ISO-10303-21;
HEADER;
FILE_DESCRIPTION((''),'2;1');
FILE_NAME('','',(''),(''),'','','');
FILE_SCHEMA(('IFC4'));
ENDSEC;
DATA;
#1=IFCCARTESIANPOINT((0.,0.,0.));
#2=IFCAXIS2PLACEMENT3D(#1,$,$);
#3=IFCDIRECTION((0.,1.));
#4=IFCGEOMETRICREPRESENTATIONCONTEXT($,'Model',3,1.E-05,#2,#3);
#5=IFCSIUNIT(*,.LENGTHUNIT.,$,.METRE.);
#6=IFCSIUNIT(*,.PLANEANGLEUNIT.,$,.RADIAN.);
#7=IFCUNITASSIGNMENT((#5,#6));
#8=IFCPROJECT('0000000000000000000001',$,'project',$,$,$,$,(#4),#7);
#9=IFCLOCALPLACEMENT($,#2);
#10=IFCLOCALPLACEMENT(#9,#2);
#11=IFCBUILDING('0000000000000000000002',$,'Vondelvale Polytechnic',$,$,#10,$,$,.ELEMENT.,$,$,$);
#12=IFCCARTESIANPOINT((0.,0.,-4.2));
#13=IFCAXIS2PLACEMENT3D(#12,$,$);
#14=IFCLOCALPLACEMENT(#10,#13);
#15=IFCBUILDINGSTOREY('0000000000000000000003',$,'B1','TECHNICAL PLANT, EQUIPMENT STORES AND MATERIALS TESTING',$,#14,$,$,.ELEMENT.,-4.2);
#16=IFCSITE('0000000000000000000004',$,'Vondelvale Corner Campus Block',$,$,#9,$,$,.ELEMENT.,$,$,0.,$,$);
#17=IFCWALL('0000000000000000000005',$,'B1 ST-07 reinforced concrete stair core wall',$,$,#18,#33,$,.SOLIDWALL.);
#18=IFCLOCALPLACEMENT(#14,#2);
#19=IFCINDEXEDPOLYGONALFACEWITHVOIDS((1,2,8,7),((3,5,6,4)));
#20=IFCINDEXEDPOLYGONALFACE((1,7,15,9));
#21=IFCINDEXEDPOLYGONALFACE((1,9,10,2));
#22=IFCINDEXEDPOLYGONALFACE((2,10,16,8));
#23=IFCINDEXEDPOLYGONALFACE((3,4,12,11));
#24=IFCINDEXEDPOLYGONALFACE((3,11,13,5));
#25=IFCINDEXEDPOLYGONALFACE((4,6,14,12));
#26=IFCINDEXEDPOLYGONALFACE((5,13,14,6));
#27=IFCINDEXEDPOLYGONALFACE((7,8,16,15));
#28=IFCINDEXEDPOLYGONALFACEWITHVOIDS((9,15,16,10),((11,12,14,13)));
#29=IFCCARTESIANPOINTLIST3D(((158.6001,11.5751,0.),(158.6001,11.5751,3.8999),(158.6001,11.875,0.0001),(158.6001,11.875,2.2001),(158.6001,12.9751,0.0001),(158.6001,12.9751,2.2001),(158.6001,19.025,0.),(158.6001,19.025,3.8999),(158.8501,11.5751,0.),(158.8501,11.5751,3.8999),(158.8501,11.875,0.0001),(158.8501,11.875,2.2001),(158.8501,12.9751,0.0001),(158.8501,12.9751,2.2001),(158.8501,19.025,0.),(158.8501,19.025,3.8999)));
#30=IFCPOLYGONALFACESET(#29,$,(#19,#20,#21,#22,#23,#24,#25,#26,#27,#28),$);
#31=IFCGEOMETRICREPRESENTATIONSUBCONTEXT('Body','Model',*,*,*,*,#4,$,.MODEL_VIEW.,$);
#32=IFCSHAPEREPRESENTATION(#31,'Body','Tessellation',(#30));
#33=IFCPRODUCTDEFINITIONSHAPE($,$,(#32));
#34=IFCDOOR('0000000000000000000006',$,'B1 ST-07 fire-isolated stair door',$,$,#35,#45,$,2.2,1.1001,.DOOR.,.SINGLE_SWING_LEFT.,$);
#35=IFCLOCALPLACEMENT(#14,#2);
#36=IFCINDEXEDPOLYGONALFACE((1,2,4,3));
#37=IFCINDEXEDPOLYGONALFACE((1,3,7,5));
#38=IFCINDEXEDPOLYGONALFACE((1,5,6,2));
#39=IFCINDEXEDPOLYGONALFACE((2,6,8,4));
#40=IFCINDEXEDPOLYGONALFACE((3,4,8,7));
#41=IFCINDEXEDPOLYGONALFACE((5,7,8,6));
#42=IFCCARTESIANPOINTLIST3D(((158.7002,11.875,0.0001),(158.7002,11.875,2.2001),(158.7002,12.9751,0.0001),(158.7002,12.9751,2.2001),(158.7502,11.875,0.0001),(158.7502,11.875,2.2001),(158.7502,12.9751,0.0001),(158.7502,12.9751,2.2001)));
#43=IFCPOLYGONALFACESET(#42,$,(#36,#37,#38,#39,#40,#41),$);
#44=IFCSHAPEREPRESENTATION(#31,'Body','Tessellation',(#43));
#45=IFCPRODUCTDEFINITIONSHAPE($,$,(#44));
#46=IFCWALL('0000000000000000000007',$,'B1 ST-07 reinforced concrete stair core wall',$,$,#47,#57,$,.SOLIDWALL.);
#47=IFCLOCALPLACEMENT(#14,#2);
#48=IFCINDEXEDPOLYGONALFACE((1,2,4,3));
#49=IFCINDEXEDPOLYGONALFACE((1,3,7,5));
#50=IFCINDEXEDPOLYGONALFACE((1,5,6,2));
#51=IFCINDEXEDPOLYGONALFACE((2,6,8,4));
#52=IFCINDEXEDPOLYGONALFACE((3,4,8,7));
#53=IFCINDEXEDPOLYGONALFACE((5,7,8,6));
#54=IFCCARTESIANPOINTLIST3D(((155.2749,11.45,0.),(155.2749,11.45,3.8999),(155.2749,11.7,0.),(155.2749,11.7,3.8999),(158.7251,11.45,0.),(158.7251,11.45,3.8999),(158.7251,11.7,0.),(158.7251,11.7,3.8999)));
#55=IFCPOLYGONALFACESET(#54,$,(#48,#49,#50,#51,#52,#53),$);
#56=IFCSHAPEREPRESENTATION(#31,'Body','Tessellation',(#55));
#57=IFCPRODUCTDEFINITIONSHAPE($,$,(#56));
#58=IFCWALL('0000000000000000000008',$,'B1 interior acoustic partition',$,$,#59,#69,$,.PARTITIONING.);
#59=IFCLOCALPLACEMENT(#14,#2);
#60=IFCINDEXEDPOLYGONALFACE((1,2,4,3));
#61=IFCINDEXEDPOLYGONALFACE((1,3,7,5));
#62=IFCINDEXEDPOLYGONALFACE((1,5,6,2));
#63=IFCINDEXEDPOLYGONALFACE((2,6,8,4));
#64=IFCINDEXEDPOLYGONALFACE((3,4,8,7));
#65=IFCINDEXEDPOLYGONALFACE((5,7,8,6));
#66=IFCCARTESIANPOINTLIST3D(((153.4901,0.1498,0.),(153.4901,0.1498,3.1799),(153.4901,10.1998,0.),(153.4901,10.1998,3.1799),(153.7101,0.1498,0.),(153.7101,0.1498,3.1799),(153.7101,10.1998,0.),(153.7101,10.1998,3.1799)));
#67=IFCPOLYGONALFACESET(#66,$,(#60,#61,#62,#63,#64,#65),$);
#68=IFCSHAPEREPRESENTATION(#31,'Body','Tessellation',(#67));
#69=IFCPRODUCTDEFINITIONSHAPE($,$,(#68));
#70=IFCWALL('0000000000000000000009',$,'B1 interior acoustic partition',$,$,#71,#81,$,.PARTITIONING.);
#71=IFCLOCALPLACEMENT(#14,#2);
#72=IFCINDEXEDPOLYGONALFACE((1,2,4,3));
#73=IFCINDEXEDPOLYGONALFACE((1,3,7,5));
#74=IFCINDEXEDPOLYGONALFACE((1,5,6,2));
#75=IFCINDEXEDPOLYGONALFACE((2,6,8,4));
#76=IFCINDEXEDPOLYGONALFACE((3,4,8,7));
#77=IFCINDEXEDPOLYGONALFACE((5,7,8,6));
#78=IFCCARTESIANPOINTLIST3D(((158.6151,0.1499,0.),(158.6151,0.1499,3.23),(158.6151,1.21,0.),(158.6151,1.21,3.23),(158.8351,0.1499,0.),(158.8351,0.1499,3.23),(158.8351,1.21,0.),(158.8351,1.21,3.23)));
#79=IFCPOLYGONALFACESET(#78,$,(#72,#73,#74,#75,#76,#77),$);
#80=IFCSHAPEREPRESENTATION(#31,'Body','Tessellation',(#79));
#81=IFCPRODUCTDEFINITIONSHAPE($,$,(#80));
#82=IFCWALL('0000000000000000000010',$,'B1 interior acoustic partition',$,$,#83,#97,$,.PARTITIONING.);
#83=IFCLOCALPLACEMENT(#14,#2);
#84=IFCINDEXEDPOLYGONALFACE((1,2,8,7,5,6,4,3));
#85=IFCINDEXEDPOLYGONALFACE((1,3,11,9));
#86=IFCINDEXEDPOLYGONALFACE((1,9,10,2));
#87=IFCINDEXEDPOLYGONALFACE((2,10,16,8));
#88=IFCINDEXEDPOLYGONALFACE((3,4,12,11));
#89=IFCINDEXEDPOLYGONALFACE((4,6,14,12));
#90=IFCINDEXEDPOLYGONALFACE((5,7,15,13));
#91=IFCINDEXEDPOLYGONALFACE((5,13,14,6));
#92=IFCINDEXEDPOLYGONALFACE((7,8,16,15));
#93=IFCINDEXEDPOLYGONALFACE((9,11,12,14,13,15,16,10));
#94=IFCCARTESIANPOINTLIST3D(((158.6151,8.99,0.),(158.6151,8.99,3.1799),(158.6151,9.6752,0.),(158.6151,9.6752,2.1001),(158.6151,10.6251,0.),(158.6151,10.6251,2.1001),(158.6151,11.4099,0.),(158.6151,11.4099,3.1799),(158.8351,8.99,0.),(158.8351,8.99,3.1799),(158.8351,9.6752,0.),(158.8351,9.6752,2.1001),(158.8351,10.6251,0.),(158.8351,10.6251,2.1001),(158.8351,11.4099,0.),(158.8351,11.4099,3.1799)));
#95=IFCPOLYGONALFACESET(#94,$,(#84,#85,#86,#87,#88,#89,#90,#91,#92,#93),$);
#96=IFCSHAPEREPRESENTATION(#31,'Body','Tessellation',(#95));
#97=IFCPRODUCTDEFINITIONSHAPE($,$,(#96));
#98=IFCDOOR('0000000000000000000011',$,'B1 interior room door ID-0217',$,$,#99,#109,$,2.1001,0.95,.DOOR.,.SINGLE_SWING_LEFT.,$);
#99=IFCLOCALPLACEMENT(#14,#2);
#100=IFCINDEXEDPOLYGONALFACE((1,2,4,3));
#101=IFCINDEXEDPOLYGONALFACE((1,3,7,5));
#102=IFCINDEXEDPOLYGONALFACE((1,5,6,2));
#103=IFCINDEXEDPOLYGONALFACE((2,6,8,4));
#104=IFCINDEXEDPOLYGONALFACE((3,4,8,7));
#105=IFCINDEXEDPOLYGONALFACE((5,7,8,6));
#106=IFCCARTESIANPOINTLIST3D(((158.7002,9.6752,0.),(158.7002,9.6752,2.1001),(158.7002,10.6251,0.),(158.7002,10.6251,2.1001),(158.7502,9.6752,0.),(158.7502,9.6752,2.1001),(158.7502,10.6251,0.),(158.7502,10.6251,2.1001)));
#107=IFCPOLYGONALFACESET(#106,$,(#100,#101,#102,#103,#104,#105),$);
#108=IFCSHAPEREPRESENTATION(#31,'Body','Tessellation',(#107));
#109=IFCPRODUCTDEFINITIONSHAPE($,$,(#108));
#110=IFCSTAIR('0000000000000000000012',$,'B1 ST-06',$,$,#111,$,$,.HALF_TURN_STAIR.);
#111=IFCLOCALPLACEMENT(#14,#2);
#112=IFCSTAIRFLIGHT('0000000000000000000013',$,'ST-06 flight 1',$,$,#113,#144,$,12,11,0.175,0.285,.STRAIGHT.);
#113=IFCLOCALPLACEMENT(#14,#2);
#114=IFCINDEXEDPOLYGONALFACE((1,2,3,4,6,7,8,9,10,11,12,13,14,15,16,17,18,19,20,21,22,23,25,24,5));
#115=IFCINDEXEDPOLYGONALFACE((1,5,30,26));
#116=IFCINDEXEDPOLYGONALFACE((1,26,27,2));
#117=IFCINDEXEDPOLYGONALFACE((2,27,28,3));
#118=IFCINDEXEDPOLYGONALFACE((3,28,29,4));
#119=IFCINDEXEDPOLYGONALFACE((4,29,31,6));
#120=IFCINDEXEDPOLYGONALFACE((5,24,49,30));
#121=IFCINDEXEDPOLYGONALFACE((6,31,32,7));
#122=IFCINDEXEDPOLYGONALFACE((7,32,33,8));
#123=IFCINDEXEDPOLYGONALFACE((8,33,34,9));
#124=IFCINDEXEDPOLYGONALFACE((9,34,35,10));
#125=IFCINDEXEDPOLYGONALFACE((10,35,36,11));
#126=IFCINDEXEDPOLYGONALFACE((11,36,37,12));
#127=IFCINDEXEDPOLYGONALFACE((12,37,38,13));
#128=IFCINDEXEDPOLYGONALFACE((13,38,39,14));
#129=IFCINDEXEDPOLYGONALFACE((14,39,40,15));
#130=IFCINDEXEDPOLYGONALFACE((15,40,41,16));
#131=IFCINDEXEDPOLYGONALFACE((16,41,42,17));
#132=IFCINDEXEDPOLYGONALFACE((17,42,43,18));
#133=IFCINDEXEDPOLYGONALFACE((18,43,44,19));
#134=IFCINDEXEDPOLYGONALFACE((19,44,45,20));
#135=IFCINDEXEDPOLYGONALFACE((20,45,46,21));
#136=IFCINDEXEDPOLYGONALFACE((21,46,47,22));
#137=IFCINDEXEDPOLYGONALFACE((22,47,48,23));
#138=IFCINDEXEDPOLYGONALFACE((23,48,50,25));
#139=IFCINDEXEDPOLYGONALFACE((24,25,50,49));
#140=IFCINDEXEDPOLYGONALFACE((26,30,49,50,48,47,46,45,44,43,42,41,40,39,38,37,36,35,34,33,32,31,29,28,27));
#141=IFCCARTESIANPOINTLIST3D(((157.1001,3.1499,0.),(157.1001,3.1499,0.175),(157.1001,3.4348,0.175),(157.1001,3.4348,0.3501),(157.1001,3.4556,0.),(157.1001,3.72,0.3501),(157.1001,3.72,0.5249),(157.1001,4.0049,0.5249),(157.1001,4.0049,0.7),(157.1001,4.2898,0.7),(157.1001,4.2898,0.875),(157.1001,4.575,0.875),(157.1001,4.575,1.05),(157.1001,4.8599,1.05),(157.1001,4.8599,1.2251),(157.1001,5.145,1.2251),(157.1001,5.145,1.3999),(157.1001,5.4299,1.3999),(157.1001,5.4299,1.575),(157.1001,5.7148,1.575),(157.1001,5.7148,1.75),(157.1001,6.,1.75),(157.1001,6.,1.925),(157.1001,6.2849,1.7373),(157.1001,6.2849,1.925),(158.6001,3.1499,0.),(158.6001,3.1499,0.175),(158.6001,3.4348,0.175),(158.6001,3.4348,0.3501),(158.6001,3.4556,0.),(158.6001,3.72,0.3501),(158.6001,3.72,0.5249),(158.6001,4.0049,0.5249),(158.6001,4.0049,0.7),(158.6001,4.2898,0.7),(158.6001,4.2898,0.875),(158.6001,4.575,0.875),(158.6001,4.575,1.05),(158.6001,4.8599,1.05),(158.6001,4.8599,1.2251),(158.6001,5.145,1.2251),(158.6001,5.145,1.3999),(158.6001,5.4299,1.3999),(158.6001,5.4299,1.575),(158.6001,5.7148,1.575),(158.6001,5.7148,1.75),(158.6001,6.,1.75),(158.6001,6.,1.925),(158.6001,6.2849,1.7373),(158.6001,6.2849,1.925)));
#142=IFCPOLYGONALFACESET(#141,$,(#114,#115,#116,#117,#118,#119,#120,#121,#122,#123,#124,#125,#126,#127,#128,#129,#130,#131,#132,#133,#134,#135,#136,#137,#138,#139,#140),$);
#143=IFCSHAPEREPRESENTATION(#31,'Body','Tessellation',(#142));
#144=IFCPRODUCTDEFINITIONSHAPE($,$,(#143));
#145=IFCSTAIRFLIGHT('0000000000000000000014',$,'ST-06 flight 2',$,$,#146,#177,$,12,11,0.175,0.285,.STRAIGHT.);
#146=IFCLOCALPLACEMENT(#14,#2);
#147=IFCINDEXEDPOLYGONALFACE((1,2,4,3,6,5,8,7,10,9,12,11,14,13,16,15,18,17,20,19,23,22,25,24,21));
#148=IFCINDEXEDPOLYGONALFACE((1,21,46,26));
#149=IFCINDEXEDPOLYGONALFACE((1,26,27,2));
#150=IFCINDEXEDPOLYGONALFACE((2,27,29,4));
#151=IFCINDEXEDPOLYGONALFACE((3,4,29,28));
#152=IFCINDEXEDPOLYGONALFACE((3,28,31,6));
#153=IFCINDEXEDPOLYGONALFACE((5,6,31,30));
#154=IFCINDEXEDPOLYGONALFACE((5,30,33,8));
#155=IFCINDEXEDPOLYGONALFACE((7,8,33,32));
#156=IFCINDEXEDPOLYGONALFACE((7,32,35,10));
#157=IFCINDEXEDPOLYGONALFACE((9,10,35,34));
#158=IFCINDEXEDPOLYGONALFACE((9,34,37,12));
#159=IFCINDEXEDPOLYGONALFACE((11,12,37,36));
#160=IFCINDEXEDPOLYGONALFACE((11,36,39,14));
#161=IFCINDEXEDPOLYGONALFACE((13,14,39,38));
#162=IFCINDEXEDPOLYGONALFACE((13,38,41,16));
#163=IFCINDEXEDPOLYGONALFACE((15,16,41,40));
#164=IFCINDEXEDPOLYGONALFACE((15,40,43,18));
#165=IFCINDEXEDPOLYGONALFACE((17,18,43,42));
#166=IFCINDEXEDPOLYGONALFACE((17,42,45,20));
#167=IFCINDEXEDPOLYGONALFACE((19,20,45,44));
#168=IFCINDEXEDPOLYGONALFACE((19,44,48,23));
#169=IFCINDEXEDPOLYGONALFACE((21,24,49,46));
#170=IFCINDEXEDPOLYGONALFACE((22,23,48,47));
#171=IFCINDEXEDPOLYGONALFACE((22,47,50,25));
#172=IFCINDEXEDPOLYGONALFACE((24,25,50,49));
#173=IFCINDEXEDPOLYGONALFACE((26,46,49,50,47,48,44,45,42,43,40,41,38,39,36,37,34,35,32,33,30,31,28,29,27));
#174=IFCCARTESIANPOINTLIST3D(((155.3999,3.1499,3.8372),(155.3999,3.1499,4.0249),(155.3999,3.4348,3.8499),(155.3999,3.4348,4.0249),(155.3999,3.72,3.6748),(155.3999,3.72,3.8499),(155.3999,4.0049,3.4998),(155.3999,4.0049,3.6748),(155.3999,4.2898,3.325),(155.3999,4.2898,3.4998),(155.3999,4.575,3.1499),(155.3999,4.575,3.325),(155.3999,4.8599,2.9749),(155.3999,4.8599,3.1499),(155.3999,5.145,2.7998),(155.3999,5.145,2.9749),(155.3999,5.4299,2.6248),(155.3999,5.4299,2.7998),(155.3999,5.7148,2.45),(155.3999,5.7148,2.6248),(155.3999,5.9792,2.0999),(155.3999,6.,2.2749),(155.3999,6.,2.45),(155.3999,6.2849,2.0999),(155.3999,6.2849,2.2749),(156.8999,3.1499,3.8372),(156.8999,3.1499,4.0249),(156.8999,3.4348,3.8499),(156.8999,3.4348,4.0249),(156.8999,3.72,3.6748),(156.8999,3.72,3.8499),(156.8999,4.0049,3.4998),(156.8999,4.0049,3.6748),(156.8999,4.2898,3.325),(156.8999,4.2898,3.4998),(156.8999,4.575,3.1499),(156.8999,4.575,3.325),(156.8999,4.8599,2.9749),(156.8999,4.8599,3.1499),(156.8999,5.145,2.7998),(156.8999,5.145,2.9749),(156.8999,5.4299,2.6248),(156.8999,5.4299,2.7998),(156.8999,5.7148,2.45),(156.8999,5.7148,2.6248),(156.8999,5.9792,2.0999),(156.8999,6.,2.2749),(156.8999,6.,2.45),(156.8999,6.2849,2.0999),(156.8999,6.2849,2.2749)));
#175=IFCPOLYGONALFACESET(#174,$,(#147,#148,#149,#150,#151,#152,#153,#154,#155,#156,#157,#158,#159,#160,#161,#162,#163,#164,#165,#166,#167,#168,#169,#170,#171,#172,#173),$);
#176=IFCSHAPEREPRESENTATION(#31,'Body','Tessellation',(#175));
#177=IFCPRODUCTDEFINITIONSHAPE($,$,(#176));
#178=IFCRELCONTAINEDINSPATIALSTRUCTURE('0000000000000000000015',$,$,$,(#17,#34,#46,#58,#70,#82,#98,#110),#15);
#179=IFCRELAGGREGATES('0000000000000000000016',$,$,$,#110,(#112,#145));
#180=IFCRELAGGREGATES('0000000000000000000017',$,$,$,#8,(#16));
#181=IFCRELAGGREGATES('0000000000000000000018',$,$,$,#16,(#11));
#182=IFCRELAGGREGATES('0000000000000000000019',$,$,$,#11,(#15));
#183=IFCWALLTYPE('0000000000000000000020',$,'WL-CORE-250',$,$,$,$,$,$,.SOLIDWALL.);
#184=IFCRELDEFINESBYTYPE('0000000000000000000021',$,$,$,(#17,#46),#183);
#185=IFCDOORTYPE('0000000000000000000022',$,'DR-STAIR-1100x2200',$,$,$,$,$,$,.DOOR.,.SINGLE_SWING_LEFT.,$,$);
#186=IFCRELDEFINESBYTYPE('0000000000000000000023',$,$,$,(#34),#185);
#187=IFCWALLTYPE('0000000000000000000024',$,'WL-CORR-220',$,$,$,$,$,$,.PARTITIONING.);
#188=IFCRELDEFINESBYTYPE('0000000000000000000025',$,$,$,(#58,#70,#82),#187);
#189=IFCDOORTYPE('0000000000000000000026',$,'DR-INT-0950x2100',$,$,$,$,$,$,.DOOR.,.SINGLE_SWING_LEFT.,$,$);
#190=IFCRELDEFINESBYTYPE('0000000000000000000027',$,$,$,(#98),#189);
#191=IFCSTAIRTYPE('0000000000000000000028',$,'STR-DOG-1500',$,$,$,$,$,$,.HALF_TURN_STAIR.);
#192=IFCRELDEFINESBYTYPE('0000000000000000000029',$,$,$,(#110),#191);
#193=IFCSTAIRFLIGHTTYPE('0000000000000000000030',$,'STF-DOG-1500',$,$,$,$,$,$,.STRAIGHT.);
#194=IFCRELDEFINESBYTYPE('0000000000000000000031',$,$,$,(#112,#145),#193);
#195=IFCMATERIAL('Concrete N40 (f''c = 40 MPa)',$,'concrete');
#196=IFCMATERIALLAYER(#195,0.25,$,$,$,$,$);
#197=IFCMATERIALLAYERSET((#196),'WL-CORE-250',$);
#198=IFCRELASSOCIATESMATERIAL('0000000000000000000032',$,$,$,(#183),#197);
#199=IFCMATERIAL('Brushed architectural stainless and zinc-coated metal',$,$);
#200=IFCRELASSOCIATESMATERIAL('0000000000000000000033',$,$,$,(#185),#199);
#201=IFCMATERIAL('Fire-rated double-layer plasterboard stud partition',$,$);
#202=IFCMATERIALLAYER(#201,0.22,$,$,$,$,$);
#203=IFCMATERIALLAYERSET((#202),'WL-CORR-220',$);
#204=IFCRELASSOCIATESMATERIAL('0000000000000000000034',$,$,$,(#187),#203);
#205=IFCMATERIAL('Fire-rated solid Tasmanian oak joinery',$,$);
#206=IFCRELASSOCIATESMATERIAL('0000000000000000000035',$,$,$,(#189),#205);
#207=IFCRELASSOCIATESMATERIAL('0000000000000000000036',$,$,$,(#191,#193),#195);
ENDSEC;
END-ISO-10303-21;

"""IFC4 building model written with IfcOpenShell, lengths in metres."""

from ifc_helpers import new_model, si_unit, direction, frame, frame_2d, origin, place, context, subcontext, project, spatial, polyline, rectangle, outline, extrude, material, layer, layer_set, type_object, element, fill, aggregate, save


model = new_model("IFC4")

# Units and contexts
model_context = context("Model", 3, precision=1e-05, world=origin(), true_north=direction((0.0, 1.0)))
body_context = subcontext(model_context, "Body", "Model", "MODEL_VIEW")
ifc_project = project(units=[si_unit("LENGTHUNIT", "METRE"), si_unit("PLANEANGLEUNIT", "RADIAN")], contexts=[model_context])

# Site, building, storey
site_placement = place(None, origin())
site = spatial("IfcSite", under=ifc_project, at=site_placement, Name="Vondelvale Corner Campus Block", CompositionType="ELEMENT", RefElevation=0.0)
building_placement = place(site_placement, origin())
building = spatial("IfcBuilding", under=site, at=building_placement, Name="Vondelvale Polytechnic", CompositionType="ELEMENT")
storey_placement = place(building_placement, frame((0.0, 0.0, -4.2)))
storey = spatial("IfcBuildingStorey", under=building, at=storey_placement, Name="B1", Description="TECHNICAL PLANT, EQUIPMENT STORES AND MATERIALS TESTING", CompositionType="ELEMENT", Elevation=-4.2)

# Shared definitions
ifc_material_1 = material(Name="Concrete N40 (f'c = 40 MPa)", Category="concrete")

# Shared definitions
ifc_layer_1 = layer(ifc_material_1, 0.25)
ifc_layer_set_1 = layer_set([ifc_layer_1], Name="WL-CORE-250")
wall_type_1 = type_object("IfcWallType", Name="WL-CORE-250", PredefinedType="SOLIDWALL", material=ifc_layer_set_1)
ifc_material_2 = material(Name="Brushed architectural stainless and zinc-coated metal")
door_type_1 = type_object("IfcDoorType", Name="DR-STAIR-1100x2200", OperationType="SINGLE_SWING_LEFT", PredefinedType="DOOR", material=ifc_material_2)

# Wall, opening, door
wall_1_placement = place(storey_placement, frame((158.7251, 11.575, 0.0), z_axis=(0.0, 0.0, 1.0), x_axis=(0.0, 1.0, 0.0)))
wall_1 = element("IfcWall", 1, at=wall_1_placement, inside=storey, type_object=wall_type_1, Name="B1 ST-07 reinforced concrete stair core wall", PredefinedType="SOLIDWALL", context=body_context, shape_type="SweptSolid", body=[
    extrude(rectangle(XDim=7.45, YDim=0.25, at=frame_2d((3.7251, 0.0))), origin(), (0.0, 0.0, 1.0), 3.8999),
])
opening_1_placement = place(wall_1_placement, frame((0.3, 0.0, 0.0)))
opening_1 = element("IfcOpeningElement", 2, at=opening_1_placement, cuts=wall_1, PredefinedType="OPENING", context=body_context, shape_type="SweptSolid", body=[
    extrude(rectangle(XDim=1.1001, YDim=2.2, at=frame_2d((0.55, 1.1001))), frame((0.0, 0.135, 0.0), z_axis=(0.0, -1.0, 0.0), x_axis=(1.0, 0.0, 0.0)), (0.0, 0.0, 1.0), 0.27),
])
door_1_placement = place(opening_1_placement, origin())
door_1 = element("IfcDoor", 3, at=door_1_placement, inside=storey, type_object=door_type_1, Name="B1 ST-07 fire-isolated stair door", OperationType="SINGLE_SWING_LEFT", OverallHeight=2.2, OverallWidth=1.1001, PredefinedType="DOOR", context=body_context, shape_type="SweptSolid", body=[
    extrude(rectangle(XDim=1.1001, YDim=2.2, at=frame_2d((0.55, 1.1001))), frame((0.0, 0.0249, 0.0), z_axis=(0.0, -1.0, 0.0), x_axis=(1.0, 0.0, 0.0)), (0.0, 0.0, 1.0), 0.05),
])
fill(opening_1, door_1)

# Walls
wall_2_placement = place(storey_placement, frame((155.2749, 11.575, 0.0), z_axis=(0.0, 0.0, 1.0), x_axis=(1.0, 0.0, 0.0)))
element("IfcWall", 4, at=wall_2_placement, inside=storey, type_object=wall_type_1, Name="B1 ST-07 reinforced concrete stair core wall", PredefinedType="SOLIDWALL", context=body_context, shape_type="SweptSolid", body=[
    extrude(rectangle(XDim=3.4502, YDim=0.25, at=frame_2d((1.7251, 0.0))), origin(), (0.0, 0.0, 1.0), 3.8999),
])
ifc_material_3 = material(Name="Fire-rated double-layer plasterboard stud partition")
ifc_layer_2 = layer(ifc_material_3, 0.22)
ifc_layer_set_2 = layer_set([ifc_layer_2], Name="WL-CORR-220")
wall_type_2 = type_object("IfcWallType", Name="WL-CORR-220", PredefinedType="PARTITIONING", material=ifc_layer_set_2)
wall_3_placement = place(storey_placement, frame((153.6001, 0.1499, 0.0), z_axis=(0.0, 0.0, 1.0), x_axis=(0.0, 1.0, 0.0)))
element("IfcWall", 5, at=wall_3_placement, inside=storey, type_object=wall_type_2, Name="B1 interior acoustic partition", PredefinedType="PARTITIONING", context=body_context, shape_type="SweptSolid", body=[
    extrude(rectangle(XDim=10.05, YDim=0.22, at=frame_2d((5.0249, 0.0))), origin(), (0.0, 0.0, 1.0), 3.1799),
])
wall_4_placement = place(storey_placement, frame((158.7251, 0.1499, 0.0), z_axis=(0.0, 0.0, 1.0), x_axis=(0.0, 1.0, 0.0)))
element("IfcWall", 6, at=wall_4_placement, inside=storey, type_object=wall_type_2, Name="B1 interior acoustic partition", PredefinedType="PARTITIONING", context=body_context, shape_type="SweptSolid", body=[
    extrude(rectangle(XDim=1.0601, YDim=0.22, at=frame_2d((0.53, 0.0))), origin(), (0.0, 0.0, 1.0), 3.23),
])

# Wall, opening, door
wall_5_placement = place(storey_placement, frame((158.7251, 8.99, 0.0), z_axis=(0.0, 0.0, 1.0), x_axis=(0.0, 1.0, 0.0)))
wall_5 = element("IfcWall", 7, at=wall_5_placement, inside=storey, type_object=wall_type_2, Name="B1 interior acoustic partition", PredefinedType="PARTITIONING", context=body_context, shape_type="SweptSolid", body=[
    extrude(rectangle(XDim=2.4199, YDim=0.22, at=frame_2d((1.21, 0.0))), origin(), (0.0, 0.0, 1.0), 3.1799),
])
opening_2_placement = place(wall_5_placement, frame((0.6851, 0.0, 0.0)))
opening_2 = element("IfcOpeningElement", 8, at=opening_2_placement, cuts=wall_5, PredefinedType="OPENING", context=body_context, shape_type="SweptSolid", body=[
    extrude(rectangle(XDim=0.95, YDim=2.1001, at=frame_2d((0.4751, 1.05))), frame((0.0, 0.1199, 0.0), z_axis=(0.0, -1.0, 0.0), x_axis=(1.0, 0.0, 0.0)), (0.0, 0.0, 1.0), 0.24),
])
ifc_material_4 = material(Name="Fire-rated solid Tasmanian oak joinery")
door_type_2 = type_object("IfcDoorType", Name="DR-INT-0950x2100", OperationType="SINGLE_SWING_LEFT", PredefinedType="DOOR", material=ifc_material_4)
door_2_placement = place(opening_2_placement, origin())
door_2 = element("IfcDoor", 9, at=door_2_placement, inside=storey, type_object=door_type_2, Name="B1 interior room door ID-0217", OperationType="SINGLE_SWING_LEFT", OverallHeight=2.1001, OverallWidth=0.95, PredefinedType="DOOR", context=body_context, shape_type="SweptSolid", body=[
    extrude(rectangle(XDim=0.95, YDim=2.1001, at=frame_2d((0.4751, 1.05))), frame((0.0, 0.0249, 0.0), z_axis=(0.0, -1.0, 0.0), x_axis=(1.0, 0.0, 0.0)), (0.0, 0.0, 1.0), 0.05),
])
fill(opening_2, door_2)

# Stair, stair flights
stair_type = type_object("IfcStairType", Name="STR-DOG-1500", PredefinedType="HALF_TURN_STAIR", material=ifc_material_1)
stair_placement = place(storey_placement, origin())
stair = element("IfcStair", 10, at=stair_placement, inside=storey, type_object=stair_type, Name="B1 ST-06", PredefinedType="HALF_TURN_STAIR")
stair_flight_type = type_object("IfcStairFlightType", Name="STF-DOG-1500", PredefinedType="STRAIGHT", material=ifc_material_1)
stair_flight_1_placement = place(storey_placement, frame((157.8501, 3.1499, 0.0), z_axis=(0.0, 0.0, 1.0), x_axis=(0.0, 1.0, 0.0)))
stair_flight_1 = element("IfcStairFlight", 11, at=stair_flight_1_placement, type_object=stair_flight_type, Name="ST-06 flight 1", NumberOfRisers=12, NumberOfTreads=11, PredefinedType="STRAIGHT", RiserHeight=0.175, TreadLength=0.285, context=body_context, shape_type="SweptSolid", body=[
    extrude(outline(polyline([(0.0, 0.0), (0.0, 0.175), (0.2849, 0.175), (0.2849, 0.3501), (0.5701, 0.3501), (0.5701, 0.5249), (0.855, 0.5249), (0.855, 0.7), (1.1399, 0.7), (1.1399, 0.875), (1.425, 0.875), (1.425, 1.05), (1.71, 1.05), (1.71, 1.2251), (1.9951, 1.2251), (1.9951, 1.3999), (2.28, 1.3999), (2.28, 1.575), (2.5649, 1.575), (2.5649, 1.75), (2.8501, 1.75), (2.8501, 1.925), (3.135, 1.925), (3.135, 2.1001), (3.135, 1.7373), (0.3057, 0.0), (0.0, 0.0)])), frame((0.0, 0.75, 0.0), z_axis=(0.0, -1.0, 0.0), x_axis=(1.0, 0.0, 0.0)), (0.0, 0.0, 1.0), 1.5),
])
stair_flight_2_placement = place(storey_placement, frame((156.1499, 6.2849, 2.0999), z_axis=(0.0, 0.0, 1.0), x_axis=(0.0, -1.0, 0.0)))
stair_flight_2 = element("IfcStairFlight", 12, at=stair_flight_2_placement, type_object=stair_flight_type, Name="ST-06 flight 2", NumberOfRisers=12, NumberOfTreads=11, PredefinedType="STRAIGHT", RiserHeight=0.175, TreadLength=0.285, context=body_context, shape_type="SweptSolid", body=[
    extrude(outline(polyline([(0.0, 0.0), (0.0, 0.175), (0.2849, 0.175), (0.2849, 0.3501), (0.5701, 0.3501), (0.5701, 0.5249), (0.855, 0.5249), (0.855, 0.7), (1.1399, 0.7), (1.1399, 0.875), (1.425, 0.875), (1.425, 1.05), (1.71, 1.05), (1.71, 1.2251), (1.9951, 1.2251), (1.9951, 1.3999), (2.28, 1.3999), (2.28, 1.575), (2.5649, 1.575), (2.5649, 1.75), (2.8501, 1.75), (2.8501, 1.925), (3.135, 1.925), (3.135, 2.1001), (3.135, 1.7373), (0.3057, 0.0), (0.0, 0.0)])), frame((0.0, 0.75, 0.0), z_axis=(0.0, -1.0, 0.0), x_axis=(1.0, 0.0, 0.0)), (0.0, 0.0, 1.0), 1.5),
])
aggregate(stair, [stair_flight_1, stair_flight_2])

save(model, "model.ifc")
